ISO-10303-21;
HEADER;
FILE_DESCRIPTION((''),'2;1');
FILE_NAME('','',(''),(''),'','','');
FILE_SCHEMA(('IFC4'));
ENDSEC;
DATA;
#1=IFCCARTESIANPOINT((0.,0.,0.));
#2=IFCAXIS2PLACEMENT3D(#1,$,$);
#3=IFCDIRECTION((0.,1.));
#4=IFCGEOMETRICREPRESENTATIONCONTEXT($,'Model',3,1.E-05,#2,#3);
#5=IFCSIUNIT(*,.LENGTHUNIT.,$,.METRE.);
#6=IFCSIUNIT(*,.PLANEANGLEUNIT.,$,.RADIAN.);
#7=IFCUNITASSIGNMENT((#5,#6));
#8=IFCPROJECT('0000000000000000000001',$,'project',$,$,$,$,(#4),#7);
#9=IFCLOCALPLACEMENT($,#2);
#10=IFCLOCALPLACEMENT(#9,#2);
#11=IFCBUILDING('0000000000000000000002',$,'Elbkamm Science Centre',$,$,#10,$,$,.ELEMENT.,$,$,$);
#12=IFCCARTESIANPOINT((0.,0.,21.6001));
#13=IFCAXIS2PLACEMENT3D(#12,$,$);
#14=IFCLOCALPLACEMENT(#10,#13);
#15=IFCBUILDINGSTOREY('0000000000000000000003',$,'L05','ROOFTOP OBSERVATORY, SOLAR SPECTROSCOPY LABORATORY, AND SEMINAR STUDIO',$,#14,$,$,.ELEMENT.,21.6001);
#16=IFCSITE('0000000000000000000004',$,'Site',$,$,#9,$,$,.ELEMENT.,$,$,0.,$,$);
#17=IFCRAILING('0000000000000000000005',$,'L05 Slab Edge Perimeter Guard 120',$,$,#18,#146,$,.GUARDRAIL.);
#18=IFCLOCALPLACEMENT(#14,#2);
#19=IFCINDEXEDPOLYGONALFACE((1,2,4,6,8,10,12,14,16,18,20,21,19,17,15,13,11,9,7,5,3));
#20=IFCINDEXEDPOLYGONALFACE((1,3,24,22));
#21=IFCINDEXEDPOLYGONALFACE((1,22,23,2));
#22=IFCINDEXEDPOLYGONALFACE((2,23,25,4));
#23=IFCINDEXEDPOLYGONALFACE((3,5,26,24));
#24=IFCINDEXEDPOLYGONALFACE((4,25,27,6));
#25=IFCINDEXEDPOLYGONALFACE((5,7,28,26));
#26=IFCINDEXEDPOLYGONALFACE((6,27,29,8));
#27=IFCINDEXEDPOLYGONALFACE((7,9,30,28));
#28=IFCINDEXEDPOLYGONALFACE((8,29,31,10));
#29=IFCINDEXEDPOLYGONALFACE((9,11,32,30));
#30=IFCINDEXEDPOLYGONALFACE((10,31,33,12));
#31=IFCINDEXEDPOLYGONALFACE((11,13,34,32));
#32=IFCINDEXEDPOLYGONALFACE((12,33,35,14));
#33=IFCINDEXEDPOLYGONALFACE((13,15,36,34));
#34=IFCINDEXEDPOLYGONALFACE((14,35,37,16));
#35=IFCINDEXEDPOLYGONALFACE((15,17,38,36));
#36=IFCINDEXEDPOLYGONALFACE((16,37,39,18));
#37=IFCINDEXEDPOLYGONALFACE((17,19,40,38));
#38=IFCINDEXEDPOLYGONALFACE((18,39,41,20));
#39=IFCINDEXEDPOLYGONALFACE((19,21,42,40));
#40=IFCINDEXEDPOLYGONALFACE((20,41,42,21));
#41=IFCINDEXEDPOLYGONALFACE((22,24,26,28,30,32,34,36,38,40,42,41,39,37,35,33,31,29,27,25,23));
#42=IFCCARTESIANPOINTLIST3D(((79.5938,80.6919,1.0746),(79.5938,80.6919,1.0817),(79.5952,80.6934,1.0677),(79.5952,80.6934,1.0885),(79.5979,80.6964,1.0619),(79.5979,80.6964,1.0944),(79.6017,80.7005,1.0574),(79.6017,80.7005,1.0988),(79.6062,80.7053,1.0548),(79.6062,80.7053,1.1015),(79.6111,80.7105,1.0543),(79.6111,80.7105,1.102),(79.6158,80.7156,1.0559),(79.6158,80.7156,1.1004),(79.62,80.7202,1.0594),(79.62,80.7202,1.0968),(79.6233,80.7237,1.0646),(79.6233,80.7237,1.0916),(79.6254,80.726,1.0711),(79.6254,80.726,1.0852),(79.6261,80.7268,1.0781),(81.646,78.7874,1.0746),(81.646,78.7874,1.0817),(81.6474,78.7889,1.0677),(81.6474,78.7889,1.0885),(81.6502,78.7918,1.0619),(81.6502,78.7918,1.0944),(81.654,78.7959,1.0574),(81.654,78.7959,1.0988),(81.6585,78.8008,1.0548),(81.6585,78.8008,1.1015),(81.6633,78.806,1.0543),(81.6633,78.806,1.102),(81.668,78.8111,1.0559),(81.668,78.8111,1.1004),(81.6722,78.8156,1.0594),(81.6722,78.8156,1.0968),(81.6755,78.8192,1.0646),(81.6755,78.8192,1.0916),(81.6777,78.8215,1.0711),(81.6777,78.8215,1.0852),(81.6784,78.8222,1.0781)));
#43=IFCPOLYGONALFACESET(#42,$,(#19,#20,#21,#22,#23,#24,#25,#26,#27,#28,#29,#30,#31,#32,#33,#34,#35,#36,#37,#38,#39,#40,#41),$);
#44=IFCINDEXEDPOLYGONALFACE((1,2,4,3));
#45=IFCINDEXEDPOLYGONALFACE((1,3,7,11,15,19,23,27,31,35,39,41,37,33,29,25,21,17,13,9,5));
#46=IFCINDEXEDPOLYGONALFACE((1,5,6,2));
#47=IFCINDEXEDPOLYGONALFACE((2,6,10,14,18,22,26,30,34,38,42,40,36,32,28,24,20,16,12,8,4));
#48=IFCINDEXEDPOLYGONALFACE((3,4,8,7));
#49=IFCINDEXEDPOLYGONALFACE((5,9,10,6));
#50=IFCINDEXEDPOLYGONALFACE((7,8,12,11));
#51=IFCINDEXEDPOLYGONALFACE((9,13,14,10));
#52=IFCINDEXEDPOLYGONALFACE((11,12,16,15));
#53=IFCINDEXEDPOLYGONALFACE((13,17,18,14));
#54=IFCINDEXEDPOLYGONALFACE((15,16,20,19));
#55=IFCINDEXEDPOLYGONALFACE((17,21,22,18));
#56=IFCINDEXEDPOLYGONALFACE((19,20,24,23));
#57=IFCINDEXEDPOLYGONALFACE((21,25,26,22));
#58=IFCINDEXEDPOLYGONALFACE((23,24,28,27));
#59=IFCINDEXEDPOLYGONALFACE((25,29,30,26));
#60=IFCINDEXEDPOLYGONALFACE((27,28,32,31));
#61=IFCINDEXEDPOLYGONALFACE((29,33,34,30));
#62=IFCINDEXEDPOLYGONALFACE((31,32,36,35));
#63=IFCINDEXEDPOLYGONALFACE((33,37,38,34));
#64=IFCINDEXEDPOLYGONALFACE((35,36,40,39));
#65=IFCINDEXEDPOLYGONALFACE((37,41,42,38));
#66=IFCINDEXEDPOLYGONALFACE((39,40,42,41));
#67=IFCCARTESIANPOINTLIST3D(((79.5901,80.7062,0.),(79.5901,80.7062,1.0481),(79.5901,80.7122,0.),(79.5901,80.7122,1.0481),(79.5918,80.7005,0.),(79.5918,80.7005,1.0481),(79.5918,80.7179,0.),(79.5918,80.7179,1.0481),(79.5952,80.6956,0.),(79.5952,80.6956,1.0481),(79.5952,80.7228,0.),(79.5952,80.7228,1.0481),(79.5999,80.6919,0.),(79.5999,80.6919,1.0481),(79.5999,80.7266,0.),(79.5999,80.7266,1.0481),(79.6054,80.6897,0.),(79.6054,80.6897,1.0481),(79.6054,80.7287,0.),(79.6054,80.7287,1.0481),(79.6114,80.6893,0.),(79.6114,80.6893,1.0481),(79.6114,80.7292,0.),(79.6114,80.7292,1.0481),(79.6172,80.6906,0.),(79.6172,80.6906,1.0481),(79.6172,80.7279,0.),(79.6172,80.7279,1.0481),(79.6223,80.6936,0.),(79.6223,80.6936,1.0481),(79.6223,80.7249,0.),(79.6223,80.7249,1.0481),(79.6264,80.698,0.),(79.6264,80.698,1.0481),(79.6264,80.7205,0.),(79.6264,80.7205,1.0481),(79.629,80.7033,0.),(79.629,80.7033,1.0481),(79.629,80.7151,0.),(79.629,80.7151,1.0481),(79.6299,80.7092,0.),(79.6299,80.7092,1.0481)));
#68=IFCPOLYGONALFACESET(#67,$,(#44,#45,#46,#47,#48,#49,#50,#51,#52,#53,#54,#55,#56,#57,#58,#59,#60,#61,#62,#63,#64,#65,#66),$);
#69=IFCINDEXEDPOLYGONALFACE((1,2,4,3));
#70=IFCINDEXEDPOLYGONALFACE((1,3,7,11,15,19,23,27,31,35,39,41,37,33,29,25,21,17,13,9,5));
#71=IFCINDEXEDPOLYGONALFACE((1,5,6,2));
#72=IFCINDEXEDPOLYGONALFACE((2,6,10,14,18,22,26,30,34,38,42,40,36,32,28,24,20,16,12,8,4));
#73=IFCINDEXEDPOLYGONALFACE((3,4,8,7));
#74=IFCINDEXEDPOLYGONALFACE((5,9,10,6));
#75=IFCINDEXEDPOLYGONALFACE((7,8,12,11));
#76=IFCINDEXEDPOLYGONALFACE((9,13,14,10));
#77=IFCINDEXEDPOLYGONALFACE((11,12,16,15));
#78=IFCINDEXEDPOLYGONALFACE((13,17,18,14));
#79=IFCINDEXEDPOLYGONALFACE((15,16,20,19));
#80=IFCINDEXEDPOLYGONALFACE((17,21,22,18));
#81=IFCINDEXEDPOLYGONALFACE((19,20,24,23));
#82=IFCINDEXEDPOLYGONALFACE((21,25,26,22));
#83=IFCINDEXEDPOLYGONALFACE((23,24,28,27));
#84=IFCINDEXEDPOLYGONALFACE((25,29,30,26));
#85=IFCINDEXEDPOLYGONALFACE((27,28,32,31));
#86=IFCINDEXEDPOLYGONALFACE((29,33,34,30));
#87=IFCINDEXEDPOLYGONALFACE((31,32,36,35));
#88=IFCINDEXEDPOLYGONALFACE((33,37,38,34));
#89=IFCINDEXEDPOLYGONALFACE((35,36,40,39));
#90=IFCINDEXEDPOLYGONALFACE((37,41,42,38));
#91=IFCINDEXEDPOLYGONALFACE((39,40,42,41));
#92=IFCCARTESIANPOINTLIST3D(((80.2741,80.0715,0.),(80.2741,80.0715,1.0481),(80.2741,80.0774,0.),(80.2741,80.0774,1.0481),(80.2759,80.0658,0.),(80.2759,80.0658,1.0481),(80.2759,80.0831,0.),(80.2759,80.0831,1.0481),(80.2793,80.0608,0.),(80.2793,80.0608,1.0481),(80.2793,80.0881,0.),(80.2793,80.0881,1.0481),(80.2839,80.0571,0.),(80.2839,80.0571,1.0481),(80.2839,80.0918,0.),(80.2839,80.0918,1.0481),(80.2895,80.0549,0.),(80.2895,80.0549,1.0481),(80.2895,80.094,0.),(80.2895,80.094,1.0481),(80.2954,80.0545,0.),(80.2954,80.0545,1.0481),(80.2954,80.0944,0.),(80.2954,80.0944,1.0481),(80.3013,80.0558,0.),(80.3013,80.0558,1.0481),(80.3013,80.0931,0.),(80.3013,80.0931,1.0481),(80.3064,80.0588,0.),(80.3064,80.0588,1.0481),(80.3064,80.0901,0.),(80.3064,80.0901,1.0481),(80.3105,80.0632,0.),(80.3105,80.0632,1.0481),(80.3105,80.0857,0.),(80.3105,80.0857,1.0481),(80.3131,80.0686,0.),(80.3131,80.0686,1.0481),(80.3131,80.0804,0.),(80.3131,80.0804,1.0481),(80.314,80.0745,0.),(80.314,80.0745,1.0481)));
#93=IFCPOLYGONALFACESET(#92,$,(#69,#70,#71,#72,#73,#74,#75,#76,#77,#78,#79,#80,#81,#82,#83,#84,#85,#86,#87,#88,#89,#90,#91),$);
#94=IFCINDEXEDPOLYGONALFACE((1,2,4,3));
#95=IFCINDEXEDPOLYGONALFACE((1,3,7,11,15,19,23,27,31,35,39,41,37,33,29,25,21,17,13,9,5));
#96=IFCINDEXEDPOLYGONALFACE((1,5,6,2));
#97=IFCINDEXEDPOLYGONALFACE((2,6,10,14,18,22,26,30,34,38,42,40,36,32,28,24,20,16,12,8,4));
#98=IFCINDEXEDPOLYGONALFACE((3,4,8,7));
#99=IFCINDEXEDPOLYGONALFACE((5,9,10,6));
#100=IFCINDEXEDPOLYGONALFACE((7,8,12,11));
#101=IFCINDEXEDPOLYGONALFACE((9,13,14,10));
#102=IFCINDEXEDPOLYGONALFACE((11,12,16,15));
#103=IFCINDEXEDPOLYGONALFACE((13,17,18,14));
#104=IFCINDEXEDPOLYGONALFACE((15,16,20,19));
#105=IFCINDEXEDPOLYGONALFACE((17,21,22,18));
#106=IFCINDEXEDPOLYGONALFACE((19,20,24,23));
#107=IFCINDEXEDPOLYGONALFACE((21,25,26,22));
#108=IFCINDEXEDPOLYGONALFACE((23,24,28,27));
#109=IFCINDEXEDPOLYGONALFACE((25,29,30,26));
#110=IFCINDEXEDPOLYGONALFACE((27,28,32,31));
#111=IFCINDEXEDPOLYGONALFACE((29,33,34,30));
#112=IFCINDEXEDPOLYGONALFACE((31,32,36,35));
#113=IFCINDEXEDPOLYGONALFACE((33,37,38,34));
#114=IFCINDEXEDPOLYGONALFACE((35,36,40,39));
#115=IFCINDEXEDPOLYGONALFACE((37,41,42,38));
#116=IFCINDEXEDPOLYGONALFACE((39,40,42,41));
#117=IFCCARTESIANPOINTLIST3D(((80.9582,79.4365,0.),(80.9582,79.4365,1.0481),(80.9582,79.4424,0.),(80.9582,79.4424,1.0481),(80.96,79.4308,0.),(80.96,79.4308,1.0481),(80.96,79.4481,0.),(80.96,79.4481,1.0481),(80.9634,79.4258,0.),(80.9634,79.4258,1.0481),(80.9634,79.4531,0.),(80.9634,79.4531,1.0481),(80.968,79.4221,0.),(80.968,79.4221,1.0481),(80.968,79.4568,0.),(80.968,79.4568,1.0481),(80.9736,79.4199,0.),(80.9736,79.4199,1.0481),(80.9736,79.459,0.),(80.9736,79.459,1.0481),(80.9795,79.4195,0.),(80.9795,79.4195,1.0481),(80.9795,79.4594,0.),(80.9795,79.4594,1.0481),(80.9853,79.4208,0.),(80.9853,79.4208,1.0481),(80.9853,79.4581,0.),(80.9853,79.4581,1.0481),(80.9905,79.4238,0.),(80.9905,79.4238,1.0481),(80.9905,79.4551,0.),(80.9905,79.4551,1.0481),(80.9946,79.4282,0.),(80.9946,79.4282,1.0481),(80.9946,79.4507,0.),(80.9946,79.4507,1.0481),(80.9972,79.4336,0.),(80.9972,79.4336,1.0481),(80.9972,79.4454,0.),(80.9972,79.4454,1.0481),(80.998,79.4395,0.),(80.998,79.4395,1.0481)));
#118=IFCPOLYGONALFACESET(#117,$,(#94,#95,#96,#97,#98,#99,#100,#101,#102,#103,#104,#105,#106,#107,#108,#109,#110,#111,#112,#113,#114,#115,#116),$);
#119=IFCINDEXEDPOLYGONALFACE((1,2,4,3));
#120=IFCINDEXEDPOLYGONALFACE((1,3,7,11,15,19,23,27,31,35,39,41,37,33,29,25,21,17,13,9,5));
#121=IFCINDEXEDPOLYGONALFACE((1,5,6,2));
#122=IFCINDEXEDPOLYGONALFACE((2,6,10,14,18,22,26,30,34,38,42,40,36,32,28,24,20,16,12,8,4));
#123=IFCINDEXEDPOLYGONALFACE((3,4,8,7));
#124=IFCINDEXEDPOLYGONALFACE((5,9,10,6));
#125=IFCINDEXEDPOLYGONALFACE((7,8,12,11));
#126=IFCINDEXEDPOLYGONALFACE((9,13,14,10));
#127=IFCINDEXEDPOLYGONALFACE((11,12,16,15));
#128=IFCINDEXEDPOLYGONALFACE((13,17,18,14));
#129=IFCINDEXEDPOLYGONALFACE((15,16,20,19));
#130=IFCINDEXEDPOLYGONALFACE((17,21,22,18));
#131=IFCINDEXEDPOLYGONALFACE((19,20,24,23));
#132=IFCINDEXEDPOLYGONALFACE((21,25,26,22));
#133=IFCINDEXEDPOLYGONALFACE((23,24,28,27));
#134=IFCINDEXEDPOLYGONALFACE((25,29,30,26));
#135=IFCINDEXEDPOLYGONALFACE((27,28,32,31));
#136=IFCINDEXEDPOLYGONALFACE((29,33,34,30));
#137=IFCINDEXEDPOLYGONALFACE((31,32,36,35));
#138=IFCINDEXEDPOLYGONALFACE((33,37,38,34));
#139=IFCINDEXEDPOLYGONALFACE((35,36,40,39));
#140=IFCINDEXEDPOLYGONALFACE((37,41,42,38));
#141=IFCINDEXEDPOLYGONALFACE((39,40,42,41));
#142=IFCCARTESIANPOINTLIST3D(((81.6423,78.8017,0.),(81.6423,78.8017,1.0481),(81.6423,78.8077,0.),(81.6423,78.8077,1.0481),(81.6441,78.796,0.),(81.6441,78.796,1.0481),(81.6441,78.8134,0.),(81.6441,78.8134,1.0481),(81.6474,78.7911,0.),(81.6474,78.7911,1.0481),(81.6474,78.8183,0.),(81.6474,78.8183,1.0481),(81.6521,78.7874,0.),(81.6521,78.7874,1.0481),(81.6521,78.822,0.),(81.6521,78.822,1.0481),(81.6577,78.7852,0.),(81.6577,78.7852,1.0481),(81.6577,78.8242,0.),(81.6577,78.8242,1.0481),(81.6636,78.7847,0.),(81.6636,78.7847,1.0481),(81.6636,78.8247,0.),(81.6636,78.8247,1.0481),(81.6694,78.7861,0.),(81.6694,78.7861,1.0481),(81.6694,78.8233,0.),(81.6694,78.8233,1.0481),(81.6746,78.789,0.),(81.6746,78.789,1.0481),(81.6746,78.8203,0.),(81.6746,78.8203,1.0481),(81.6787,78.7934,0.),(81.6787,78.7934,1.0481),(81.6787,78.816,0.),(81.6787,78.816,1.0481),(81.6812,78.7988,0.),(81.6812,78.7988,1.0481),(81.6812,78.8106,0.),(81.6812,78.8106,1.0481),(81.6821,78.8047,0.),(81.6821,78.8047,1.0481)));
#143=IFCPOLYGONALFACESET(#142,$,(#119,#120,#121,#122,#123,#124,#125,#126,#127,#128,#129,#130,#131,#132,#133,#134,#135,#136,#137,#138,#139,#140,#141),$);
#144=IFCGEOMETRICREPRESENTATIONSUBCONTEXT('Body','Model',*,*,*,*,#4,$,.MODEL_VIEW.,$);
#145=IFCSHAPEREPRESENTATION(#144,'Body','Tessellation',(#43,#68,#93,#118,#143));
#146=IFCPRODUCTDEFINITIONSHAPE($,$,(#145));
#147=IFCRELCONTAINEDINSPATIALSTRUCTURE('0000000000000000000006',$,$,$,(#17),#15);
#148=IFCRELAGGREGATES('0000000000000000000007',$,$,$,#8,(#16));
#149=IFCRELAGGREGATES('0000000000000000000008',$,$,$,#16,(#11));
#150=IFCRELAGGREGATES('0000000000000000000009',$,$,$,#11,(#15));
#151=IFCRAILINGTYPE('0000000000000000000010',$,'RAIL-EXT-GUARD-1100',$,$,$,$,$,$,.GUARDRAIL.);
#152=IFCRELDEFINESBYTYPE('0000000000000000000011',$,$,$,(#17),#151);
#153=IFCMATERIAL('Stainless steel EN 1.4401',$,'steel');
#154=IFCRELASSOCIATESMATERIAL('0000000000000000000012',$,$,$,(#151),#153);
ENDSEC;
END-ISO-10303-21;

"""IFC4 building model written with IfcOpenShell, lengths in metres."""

from ifc_helpers import new_model, si_unit, direction, frame, origin, origin_2d, place, context, subcontext, project, spatial, circle, extrude, material, type_object, element, save


model = new_model("IFC4")

# Units and contexts
model_context = context("Model", 3, precision=1e-05, world=origin(), true_north=direction((0.0, 1.0)))
body_context = subcontext(model_context, "Body", "Model", "MODEL_VIEW")
ifc_project = project(units=[si_unit("LENGTHUNIT", "METRE"), si_unit("PLANEANGLEUNIT", "RADIAN")], contexts=[model_context])

# Site, building, storey
site_placement = place(None, origin())
site = spatial("IfcSite", under=ifc_project, at=site_placement, Name="Site", CompositionType="ELEMENT", RefElevation=0.0)
building_placement = place(site_placement, origin())
building = spatial("IfcBuilding", under=site, at=building_placement, Name="Elbkamm Science Centre", CompositionType="ELEMENT")
storey_placement = place(building_placement, frame((0.0, 0.0, 21.6001)))
storey = spatial("IfcBuildingStorey", under=building, at=storey_placement, Name="L05", Description="ROOFTOP OBSERVATORY, SOLAR SPECTROSCOPY LABORATORY, AND SEMINAR STUDIO", CompositionType="ELEMENT", Elevation=21.6001)

# Railing
ifc_material_1 = material(Name="Stainless steel EN 1.4401", Category="steel")
railing_type = type_object("IfcRailingType", Name="RAIL-EXT-GUARD-1100", PredefinedType="GUARDRAIL", material=ifc_material_1)
railing_1_placement = place(storey_placement, frame((79.6099, 80.7092, 0.0)))
element("IfcRailing", 1, at=railing_1_placement, inside=storey, type_object=railing_type, Name="L05 Slab Edge Perimeter Guard 120", PredefinedType="GUARDRAIL", context=body_context, shape_type="SweptSolid", body=[
    extrude(circle(Radius=0.0239, at=origin_2d()), frame((0.0, 0.0, 1.0781), z_axis=(0.732992, -0.680237, 0.0), x_axis=(0.680237, 0.732992, 0.0)), (0.0, 0.0, 1.0), 2.7998),
    extrude(circle(Radius=0.02, at=origin_2d()), origin(), (0.0, 0.0, 1.0), 1.0481),
    extrude(circle(Radius=0.02, at=origin_2d()), frame((0.6841, -0.6348, 0.0)), (0.0, 0.0, 1.0), 1.0481),
    extrude(circle(Radius=0.02, at=origin_2d()), frame((1.3682, -1.2698, 0.0)), (0.0, 0.0, 1.0), 1.0481),
    extrude(circle(Radius=0.02, at=origin_2d()), frame((2.0522, -1.9045, 0.0)), (0.0, 0.0, 1.0), 1.0481),
])

save(model, "model.ifc")
